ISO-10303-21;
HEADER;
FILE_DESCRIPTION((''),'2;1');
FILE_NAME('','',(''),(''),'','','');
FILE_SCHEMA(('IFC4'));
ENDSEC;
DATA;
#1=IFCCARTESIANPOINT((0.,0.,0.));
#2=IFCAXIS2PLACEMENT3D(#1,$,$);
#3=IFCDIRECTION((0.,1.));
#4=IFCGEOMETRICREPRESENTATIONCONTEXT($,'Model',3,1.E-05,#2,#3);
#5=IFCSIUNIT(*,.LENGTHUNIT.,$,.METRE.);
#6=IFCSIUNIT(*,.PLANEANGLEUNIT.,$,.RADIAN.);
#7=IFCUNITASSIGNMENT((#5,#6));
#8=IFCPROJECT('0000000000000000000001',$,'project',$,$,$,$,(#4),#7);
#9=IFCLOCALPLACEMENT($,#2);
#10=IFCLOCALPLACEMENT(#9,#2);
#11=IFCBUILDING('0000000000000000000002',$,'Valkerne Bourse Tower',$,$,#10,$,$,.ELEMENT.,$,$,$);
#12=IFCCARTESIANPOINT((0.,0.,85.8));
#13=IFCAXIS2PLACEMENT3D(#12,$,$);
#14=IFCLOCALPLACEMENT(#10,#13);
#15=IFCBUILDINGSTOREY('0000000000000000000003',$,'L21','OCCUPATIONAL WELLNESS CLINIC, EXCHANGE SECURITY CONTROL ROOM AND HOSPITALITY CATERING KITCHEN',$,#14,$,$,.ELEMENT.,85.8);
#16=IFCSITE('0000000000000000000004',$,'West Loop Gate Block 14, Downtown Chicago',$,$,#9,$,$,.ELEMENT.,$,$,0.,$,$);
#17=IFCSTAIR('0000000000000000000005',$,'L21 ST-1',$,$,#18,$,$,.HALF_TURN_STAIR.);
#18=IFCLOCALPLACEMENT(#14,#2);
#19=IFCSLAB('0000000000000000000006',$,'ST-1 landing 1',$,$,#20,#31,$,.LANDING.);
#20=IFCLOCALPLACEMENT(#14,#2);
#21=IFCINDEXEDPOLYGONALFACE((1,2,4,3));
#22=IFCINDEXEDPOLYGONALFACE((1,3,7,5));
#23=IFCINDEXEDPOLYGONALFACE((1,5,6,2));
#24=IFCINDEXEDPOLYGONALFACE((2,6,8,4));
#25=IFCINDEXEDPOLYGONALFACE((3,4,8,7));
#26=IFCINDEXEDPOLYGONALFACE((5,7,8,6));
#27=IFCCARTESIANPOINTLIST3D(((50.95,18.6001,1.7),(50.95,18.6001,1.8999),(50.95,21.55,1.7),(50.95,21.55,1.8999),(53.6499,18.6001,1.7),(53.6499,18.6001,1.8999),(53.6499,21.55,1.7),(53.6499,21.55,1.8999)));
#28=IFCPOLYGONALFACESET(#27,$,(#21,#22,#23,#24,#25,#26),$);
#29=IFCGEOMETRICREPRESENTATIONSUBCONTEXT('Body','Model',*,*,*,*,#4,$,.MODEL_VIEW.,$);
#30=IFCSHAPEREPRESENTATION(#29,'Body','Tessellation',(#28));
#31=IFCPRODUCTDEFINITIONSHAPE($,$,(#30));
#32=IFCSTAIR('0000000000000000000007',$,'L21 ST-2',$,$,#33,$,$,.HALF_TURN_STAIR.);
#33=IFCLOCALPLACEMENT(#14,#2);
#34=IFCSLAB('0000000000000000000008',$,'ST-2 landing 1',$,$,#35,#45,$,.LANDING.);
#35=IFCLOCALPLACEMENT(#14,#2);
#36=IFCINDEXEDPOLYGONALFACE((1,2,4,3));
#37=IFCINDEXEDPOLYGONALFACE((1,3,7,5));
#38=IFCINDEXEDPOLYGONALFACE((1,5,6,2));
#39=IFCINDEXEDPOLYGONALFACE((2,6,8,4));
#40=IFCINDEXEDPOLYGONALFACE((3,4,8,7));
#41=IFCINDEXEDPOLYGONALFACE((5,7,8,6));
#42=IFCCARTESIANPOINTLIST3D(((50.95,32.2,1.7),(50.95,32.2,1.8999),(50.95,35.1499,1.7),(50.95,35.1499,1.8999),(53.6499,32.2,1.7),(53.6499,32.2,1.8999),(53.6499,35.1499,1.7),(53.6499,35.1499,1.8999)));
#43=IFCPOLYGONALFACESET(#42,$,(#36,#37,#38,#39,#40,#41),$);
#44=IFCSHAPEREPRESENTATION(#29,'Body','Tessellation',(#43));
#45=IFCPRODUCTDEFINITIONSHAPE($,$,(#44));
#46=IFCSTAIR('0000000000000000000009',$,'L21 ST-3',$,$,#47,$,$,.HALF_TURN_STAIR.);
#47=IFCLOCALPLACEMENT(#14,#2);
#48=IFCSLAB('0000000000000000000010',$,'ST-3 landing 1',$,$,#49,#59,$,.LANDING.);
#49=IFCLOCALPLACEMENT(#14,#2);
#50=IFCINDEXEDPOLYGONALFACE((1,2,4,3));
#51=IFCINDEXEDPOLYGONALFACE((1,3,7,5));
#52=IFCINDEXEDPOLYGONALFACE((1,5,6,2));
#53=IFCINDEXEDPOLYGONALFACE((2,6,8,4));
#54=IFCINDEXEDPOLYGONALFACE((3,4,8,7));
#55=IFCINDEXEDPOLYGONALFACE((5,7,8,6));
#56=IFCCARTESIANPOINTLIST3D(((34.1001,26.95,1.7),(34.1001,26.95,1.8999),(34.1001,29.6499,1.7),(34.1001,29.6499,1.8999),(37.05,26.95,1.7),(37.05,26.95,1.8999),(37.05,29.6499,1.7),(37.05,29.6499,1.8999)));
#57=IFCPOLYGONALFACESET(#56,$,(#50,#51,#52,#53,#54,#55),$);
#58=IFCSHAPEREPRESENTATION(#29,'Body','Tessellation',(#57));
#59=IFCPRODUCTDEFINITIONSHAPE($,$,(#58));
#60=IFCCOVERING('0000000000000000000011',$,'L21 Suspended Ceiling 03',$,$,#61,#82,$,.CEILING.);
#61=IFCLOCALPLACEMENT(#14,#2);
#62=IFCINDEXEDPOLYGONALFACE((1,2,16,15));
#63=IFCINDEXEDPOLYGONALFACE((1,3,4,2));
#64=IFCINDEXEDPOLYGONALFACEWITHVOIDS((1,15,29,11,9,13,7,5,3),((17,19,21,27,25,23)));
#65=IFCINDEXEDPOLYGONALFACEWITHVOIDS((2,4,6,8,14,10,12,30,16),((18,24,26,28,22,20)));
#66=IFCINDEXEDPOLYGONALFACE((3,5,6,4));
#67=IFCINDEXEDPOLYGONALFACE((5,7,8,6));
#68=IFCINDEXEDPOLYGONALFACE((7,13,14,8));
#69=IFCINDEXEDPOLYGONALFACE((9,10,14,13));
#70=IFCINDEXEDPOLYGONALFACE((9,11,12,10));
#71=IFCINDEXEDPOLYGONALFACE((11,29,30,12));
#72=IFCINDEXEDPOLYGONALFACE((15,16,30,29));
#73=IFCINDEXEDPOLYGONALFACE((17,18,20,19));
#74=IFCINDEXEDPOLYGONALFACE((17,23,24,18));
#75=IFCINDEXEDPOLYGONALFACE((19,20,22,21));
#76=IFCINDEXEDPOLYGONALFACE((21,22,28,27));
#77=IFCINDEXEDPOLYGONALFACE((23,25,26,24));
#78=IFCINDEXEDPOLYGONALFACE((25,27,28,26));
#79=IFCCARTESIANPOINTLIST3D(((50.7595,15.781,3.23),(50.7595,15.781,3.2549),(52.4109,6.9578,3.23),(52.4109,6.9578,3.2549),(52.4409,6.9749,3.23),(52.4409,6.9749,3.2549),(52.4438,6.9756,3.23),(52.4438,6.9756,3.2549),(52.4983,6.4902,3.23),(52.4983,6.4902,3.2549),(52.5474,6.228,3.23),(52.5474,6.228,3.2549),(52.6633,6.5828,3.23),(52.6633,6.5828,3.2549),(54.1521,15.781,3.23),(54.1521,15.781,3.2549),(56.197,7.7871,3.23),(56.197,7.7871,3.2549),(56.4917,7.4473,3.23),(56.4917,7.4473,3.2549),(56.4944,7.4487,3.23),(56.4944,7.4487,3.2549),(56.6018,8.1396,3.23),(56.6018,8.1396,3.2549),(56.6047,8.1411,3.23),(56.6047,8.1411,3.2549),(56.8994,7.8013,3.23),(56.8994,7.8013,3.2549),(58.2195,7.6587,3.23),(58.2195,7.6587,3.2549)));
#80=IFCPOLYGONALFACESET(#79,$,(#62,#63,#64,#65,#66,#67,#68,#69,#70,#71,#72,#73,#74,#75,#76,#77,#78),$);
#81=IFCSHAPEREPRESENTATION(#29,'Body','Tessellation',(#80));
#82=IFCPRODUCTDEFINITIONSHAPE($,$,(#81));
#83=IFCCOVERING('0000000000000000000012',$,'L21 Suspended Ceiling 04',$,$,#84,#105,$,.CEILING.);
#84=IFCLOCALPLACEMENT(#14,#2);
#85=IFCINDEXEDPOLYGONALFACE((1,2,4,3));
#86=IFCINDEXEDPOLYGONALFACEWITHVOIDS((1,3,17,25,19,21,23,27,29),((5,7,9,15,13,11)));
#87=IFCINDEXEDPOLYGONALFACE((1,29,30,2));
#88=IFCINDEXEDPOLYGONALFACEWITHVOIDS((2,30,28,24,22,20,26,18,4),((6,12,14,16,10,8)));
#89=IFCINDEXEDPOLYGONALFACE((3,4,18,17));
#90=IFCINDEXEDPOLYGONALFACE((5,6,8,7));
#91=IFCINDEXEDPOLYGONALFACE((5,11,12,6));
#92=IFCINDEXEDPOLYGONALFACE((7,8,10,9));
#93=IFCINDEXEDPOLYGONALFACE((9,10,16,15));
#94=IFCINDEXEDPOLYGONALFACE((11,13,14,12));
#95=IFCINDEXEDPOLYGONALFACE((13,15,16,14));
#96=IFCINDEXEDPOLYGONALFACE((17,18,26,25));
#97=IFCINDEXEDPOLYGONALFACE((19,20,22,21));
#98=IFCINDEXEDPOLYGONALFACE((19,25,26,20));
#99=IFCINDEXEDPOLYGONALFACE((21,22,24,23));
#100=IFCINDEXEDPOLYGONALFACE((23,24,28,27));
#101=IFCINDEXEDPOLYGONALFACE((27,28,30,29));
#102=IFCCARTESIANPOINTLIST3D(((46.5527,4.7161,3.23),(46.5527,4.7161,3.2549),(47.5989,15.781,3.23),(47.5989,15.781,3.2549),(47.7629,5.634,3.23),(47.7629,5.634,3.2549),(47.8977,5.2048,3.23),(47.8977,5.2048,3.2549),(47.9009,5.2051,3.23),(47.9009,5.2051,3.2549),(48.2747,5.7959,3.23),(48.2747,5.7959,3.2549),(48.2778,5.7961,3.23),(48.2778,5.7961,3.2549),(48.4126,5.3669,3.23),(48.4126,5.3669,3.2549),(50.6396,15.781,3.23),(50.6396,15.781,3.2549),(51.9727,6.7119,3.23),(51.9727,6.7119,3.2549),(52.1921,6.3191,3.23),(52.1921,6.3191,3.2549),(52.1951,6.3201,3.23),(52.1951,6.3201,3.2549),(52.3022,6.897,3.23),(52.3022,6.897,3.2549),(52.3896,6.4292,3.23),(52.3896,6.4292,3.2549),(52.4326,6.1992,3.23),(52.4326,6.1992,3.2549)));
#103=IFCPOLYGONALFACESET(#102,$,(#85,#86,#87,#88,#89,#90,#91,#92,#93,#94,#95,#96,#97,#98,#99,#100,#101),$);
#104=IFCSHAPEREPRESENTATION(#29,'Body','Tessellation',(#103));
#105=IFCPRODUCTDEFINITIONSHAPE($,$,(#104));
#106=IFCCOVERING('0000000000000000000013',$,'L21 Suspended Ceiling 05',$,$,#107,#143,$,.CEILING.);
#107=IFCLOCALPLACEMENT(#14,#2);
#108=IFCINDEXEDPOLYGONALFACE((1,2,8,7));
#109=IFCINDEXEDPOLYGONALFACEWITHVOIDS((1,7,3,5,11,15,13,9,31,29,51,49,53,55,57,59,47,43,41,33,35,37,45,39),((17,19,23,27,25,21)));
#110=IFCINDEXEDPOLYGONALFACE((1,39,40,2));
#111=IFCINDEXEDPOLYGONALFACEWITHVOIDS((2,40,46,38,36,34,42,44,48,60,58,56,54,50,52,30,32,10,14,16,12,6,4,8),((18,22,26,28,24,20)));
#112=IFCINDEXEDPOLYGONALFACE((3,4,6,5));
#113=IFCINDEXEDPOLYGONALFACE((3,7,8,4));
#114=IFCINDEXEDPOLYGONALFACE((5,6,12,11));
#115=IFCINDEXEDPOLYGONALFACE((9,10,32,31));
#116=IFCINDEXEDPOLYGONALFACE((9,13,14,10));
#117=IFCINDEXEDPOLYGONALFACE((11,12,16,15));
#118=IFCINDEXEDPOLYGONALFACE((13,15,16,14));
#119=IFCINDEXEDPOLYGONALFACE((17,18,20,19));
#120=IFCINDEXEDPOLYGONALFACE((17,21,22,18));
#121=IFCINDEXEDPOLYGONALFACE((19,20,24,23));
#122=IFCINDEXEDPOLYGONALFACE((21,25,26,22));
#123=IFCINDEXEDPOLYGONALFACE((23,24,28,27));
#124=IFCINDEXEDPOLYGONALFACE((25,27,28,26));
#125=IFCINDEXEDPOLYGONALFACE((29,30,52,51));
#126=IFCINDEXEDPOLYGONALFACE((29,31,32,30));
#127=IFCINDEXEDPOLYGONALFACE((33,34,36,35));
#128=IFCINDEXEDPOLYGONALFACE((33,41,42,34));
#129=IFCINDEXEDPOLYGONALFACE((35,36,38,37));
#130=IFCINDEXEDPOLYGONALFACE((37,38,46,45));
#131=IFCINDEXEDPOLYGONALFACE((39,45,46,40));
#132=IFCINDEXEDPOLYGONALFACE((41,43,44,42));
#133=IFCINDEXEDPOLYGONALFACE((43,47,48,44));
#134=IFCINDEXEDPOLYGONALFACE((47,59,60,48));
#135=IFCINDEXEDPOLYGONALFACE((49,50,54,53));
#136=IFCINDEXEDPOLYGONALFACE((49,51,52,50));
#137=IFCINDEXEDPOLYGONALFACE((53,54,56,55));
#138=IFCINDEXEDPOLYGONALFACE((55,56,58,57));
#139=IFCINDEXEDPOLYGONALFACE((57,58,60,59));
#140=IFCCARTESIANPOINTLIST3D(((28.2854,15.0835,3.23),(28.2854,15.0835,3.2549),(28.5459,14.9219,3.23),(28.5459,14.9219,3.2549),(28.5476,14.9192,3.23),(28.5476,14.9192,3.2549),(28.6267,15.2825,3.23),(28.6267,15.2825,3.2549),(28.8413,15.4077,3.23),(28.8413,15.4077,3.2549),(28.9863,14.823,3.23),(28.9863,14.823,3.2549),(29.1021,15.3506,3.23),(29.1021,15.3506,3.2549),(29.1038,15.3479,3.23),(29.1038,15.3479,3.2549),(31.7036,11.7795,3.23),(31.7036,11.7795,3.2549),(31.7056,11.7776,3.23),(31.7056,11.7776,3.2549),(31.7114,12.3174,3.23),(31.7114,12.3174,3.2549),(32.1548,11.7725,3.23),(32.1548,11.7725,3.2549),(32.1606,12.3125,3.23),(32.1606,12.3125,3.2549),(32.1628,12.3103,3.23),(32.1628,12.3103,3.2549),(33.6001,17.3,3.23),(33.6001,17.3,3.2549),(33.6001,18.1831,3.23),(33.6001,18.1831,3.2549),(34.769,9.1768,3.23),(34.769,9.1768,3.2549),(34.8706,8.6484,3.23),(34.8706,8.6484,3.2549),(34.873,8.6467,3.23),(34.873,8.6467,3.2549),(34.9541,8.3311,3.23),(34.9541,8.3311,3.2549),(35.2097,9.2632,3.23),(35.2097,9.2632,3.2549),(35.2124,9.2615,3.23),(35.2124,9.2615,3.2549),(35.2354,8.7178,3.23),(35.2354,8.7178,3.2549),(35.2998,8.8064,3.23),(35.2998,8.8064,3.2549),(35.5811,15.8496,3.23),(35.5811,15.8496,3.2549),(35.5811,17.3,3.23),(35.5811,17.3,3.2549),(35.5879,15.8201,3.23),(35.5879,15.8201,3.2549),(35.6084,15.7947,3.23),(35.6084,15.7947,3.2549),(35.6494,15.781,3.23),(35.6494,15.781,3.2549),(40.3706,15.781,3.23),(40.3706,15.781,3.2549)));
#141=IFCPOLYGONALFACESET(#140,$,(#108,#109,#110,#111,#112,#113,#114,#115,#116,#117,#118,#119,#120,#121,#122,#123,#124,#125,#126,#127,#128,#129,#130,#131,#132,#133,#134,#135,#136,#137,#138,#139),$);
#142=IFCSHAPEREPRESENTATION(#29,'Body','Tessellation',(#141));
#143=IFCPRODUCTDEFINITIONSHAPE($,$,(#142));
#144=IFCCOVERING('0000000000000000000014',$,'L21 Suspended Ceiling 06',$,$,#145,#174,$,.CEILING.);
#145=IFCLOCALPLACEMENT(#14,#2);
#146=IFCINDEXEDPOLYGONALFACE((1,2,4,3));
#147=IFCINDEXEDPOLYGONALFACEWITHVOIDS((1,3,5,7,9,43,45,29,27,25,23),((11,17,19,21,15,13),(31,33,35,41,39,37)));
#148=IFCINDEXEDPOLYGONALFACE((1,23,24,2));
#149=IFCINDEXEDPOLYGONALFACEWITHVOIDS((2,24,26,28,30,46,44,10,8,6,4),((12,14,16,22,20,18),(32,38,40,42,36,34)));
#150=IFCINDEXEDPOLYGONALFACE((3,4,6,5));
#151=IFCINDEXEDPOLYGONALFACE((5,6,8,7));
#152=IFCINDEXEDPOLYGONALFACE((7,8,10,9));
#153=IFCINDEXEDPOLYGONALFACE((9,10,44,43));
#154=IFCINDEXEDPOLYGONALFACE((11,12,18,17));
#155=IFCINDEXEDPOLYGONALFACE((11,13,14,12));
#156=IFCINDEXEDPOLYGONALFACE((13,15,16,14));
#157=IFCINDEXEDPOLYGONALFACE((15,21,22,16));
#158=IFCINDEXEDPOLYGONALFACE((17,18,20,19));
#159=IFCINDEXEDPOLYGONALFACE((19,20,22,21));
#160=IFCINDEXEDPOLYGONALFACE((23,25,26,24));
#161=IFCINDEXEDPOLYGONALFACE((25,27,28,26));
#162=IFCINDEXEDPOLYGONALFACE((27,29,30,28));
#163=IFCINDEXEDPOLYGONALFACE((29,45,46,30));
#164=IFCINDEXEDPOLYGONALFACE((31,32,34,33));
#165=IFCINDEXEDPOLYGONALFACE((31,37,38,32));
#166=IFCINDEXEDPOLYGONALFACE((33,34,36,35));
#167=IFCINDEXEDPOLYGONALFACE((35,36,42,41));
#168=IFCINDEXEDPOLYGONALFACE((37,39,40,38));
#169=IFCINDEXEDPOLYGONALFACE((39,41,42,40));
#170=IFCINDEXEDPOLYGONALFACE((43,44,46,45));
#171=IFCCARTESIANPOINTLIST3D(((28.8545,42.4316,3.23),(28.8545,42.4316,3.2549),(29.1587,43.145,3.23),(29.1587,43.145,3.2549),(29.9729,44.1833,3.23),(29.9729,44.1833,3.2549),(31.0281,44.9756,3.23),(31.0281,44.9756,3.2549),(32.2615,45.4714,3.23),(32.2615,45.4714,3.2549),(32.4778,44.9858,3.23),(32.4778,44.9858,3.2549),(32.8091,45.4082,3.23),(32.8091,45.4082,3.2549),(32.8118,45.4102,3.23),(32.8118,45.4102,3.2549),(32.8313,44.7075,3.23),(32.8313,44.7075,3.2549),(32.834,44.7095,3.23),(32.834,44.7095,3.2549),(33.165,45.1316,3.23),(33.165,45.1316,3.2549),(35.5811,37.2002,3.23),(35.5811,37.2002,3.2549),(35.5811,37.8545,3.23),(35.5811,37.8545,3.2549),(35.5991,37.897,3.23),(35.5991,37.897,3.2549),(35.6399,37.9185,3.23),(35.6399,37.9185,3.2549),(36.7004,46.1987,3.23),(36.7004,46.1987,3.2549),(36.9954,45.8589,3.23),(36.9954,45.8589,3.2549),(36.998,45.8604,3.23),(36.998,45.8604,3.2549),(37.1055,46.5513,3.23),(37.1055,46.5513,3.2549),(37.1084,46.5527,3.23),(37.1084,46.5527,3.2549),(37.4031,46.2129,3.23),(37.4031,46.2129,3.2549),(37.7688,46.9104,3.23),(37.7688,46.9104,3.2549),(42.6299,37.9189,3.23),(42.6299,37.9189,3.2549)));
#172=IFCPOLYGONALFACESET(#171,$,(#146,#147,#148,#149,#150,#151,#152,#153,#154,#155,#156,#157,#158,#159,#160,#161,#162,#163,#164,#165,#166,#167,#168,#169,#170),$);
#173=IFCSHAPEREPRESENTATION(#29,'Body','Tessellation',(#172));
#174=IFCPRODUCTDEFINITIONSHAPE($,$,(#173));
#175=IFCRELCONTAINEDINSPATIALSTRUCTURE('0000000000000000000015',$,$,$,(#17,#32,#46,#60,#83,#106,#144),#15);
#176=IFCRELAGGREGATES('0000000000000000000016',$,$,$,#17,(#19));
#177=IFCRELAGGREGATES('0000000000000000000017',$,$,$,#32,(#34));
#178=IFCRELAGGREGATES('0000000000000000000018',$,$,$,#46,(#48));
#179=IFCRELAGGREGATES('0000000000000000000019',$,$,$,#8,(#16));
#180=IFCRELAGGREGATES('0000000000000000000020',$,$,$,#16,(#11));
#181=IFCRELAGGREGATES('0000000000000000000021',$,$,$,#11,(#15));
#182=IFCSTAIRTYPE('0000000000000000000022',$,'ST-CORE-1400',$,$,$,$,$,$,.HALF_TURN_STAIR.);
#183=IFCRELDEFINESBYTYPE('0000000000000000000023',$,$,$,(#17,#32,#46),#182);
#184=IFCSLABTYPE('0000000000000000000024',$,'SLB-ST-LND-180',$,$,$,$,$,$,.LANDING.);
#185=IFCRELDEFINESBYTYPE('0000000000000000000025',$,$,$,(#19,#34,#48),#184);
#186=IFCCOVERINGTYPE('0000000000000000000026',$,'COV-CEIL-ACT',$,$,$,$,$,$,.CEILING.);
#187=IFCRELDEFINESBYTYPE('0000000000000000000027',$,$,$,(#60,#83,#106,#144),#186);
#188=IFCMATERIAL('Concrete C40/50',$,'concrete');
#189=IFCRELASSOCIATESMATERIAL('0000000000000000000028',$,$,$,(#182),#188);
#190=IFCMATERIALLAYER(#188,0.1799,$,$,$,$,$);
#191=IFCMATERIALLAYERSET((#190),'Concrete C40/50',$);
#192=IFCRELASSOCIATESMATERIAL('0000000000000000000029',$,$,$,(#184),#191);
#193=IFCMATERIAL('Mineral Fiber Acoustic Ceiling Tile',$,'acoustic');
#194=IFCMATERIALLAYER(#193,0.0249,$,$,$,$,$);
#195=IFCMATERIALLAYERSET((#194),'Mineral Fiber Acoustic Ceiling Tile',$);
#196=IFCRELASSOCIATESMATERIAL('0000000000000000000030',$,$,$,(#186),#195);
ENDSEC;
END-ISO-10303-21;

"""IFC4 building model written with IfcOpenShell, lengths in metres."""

from ifc_helpers import new_model, si_unit, direction, frame, origin, place, context, subcontext, project, spatial, polyline, outline, extrude, material, layer, layer_set, type_object, element, aggregate, save


model = new_model("IFC4")

# Units and contexts
model_context = context("Model", 3, precision=1e-05, world=origin(), true_north=direction((0.0, 1.0)))
body_context = subcontext(model_context, "Body", "Model", "MODEL_VIEW")
ifc_project = project(units=[si_unit("LENGTHUNIT", "METRE"), si_unit("PLANEANGLEUNIT", "RADIAN")], contexts=[model_context])

# Site, building, storey
site_placement = place(None, origin())
site = spatial("IfcSite", under=ifc_project, at=site_placement, Name="West Loop Gate Block 14, Downtown Chicago", CompositionType="ELEMENT", RefElevation=0.0)
building_placement = place(site_placement, origin())
building = spatial("IfcBuilding", under=site, at=building_placement, Name="Valkerne Bourse Tower", CompositionType="ELEMENT")
storey_placement = place(building_placement, frame((0.0, 0.0, 85.8)))
storey = spatial("IfcBuildingStorey", under=building, at=storey_placement, Name="L21", Description="OCCUPATIONAL WELLNESS CLINIC, EXCHANGE SECURITY CONTROL ROOM AND HOSPITALITY CATERING KITCHEN", CompositionType="ELEMENT", Elevation=85.8)

# Stairs, slabs
ifc_material_1 = material(Name="Concrete C40/50", Category="concrete")
stair_type = type_object("IfcStairType", Name="ST-CORE-1400", PredefinedType="HALF_TURN_STAIR", material=ifc_material_1)
stair_1_placement = place(storey_placement, origin())
stair_1 = element("IfcStair", 1, at=stair_1_placement, inside=storey, type_object=stair_type, Name="L21 ST-1", PredefinedType="HALF_TURN_STAIR")
ifc_layer_1 = layer(ifc_material_1, 0.1799)
ifc_layer_set_1 = layer_set([ifc_layer_1], Name="Concrete C40/50")
slab_type = type_object("IfcSlabType", Name="SLB-ST-LND-180", PredefinedType="LANDING", material=ifc_layer_set_1)
slab_1_placement = place(storey_placement, frame((0.0, 0.0, 1.7)))
slab_1 = element("IfcSlab", 2, at=slab_1_placement, type_object=slab_type, Name="ST-1 landing 1", PredefinedType="LANDING", context=body_context, shape_type="SweptSolid", body=[
    extrude(outline(polyline([(50.95, 18.6001), (53.6499, 18.6001), (53.6499, 21.55), (50.95, 21.55), (50.95, 18.6001)])), origin(), (0.0, 0.0, 1.0), 0.2),
])
aggregate(stair_1, [slab_1])
stair_2_placement = place(storey_placement, origin())
stair_2 = element("IfcStair", 3, at=stair_2_placement, inside=storey, type_object=stair_type, Name="L21 ST-2", PredefinedType="HALF_TURN_STAIR")
slab_2_placement = place(storey_placement, frame((0.0, 0.0, 1.7)))
slab_2 = element("IfcSlab", 4, at=slab_2_placement, type_object=slab_type, Name="ST-2 landing 1", PredefinedType="LANDING", context=body_context, shape_type="SweptSolid", body=[
    extrude(outline(polyline([(50.95, 32.2), (53.6499, 32.2), (53.6499, 35.1499), (50.95, 35.1499), (50.95, 32.2)])), origin(), (0.0, 0.0, 1.0), 0.2),
])
aggregate(stair_2, [slab_2])
stair_3_placement = place(storey_placement, origin())
stair_3 = element("IfcStair", 5, at=stair_3_placement, inside=storey, type_object=stair_type, Name="L21 ST-3", PredefinedType="HALF_TURN_STAIR")
slab_3_placement = place(storey_placement, frame((0.0, 0.0, 1.7)))
slab_3 = element("IfcSlab", 6, at=slab_3_placement, type_object=slab_type, Name="ST-3 landing 1", PredefinedType="LANDING", context=body_context, shape_type="SweptSolid", body=[
    extrude(outline(polyline([(37.05, 26.95), (37.05, 29.6499), (34.1001, 29.6499), (34.1001, 26.95), (37.05, 26.95)])), origin(), (0.0, 0.0, 1.0), 0.2),
])
aggregate(stair_3, [slab_3])

# Coverings
ifc_material_2 = material(Name="Mineral Fiber Acoustic Ceiling Tile", Category="acoustic")
ifc_layer_2 = layer(ifc_material_2, 0.0249)
ifc_layer_set_2 = layer_set([ifc_layer_2], Name="Mineral Fiber Acoustic Ceiling Tile")
covering_type_1 = type_object("IfcCoveringType", Name="COV-CEIL-ACT", PredefinedType="CEILING", material=ifc_layer_set_2)
covering_1_placement = place(storey_placement, frame((0.0, 0.0, 3.23)))
element("IfcCovering", 7, at=covering_1_placement, inside=storey, type_object=covering_type_1, Name="L21 Suspended Ceiling 03", PredefinedType="CEILING", context=body_context, shape_type="SweptSolid", body=[
    extrude(outline(polyline([(54.1521, 15.781), (58.2195, 7.6587), (52.5474, 6.228), (52.4983, 6.4902), (52.6633, 6.5828), (52.4438, 6.9756), (52.4409, 6.9749), (52.4109, 6.9578), (50.7595, 15.781), (54.1521, 15.781)]), holes=[polyline([(56.4944, 7.4487), (56.8994, 7.8013), (56.6047, 8.1411), (56.6018, 8.1396), (56.197, 7.7871), (56.4917, 7.4473), (56.4944, 7.4487)])]), origin(), (0.0, 0.0, 1.0), 0.0249),
])
covering_2_placement = place(storey_placement, frame((0.0, 0.0, 3.23)))
element("IfcCovering", 8, at=covering_2_placement, inside=storey, type_object=covering_type_1, Name="L21 Suspended Ceiling 04", PredefinedType="CEILING", context=body_context, shape_type="SweptSolid", body=[
    extrude(outline(polyline([(50.6396, 15.781), (52.3022, 6.897), (51.9727, 6.7119), (52.1921, 6.3191), (52.1951, 6.3201), (52.3896, 6.4292), (52.4326, 6.1992), (46.5527, 4.7161), (47.5989, 15.781), (50.6396, 15.781)]), holes=[polyline([(48.4126, 5.3669), (48.2778, 5.7961), (48.2747, 5.7959), (47.7629, 5.634), (47.8977, 5.2048), (47.9009, 5.2051), (48.4126, 5.3669)])]), origin(), (0.0, 0.0, 1.0), 0.0249),
])
covering_3_placement = place(storey_placement, frame((0.0, 0.0, 3.23)))
element("IfcCovering", 9, at=covering_3_placement, inside=storey, type_object=covering_type_1, Name="L21 Suspended Ceiling 05", PredefinedType="CEILING", context=body_context, shape_type="SweptSolid", body=[
    extrude(outline(polyline([(35.5811, 15.8496), (35.5879, 15.8201), (35.6084, 15.7947), (35.6494, 15.781), (40.3706, 15.781), (35.2998, 8.8064), (35.2124, 9.2615), (35.2097, 9.2632), (34.769, 9.1768), (34.8706, 8.6484), (34.873, 8.6467), (35.2354, 8.7178), (34.9541, 8.3311), (28.2854, 15.0835), (28.6267, 15.2825), (28.5459, 14.9219), (28.5476, 14.9192), (28.9863, 14.823), (29.1038, 15.3479), (29.1021, 15.3506), (28.8413, 15.4077), (33.6001, 18.1831), (33.6001, 17.3), (35.5811, 17.3), (35.5811, 15.8496)]), holes=[polyline([(32.1606, 12.3125), (31.7114, 12.3174), (31.7036, 11.7795), (31.7056, 11.7776), (32.1548, 11.7725), (32.1628, 12.3103), (32.1606, 12.3125)])]), origin(), (0.0, 0.0, 1.0), 0.0249),
])
covering_4_placement = place(storey_placement, frame((0.0, 0.0, 3.23)))
element("IfcCovering", 10, at=covering_4_placement, inside=storey, type_object=covering_type_1, Name="L21 Suspended Ceiling 06", PredefinedType="CEILING", context=body_context, shape_type="SweptSolid", body=[
    extrude(outline(polyline([(31.0281, 44.9756), (32.2615, 45.4714), (37.7688, 46.9104), (42.6299, 37.9189), (35.6399, 37.9185), (35.5991, 37.897), (35.5811, 37.8545), (35.5811, 37.2002), (28.8545, 42.4316), (29.1587, 43.145), (29.9729, 44.1833), (31.0281, 44.9756)]), holes=[polyline([(33.165, 45.1316), (32.8118, 45.4102), (32.8091, 45.4082), (32.4778, 44.9858), (32.8313, 44.7075), (32.834, 44.7095), (33.165, 45.1316)]), polyline([(36.998, 45.8604), (37.4031, 46.2129), (37.1084, 46.5527), (37.1055, 46.5513), (36.7004, 46.1987), (36.9954, 45.8589), (36.998, 45.8604)])]), origin(), (0.0, 0.0, 1.0), 0.0249),
])

save(model, "model.ifc")
